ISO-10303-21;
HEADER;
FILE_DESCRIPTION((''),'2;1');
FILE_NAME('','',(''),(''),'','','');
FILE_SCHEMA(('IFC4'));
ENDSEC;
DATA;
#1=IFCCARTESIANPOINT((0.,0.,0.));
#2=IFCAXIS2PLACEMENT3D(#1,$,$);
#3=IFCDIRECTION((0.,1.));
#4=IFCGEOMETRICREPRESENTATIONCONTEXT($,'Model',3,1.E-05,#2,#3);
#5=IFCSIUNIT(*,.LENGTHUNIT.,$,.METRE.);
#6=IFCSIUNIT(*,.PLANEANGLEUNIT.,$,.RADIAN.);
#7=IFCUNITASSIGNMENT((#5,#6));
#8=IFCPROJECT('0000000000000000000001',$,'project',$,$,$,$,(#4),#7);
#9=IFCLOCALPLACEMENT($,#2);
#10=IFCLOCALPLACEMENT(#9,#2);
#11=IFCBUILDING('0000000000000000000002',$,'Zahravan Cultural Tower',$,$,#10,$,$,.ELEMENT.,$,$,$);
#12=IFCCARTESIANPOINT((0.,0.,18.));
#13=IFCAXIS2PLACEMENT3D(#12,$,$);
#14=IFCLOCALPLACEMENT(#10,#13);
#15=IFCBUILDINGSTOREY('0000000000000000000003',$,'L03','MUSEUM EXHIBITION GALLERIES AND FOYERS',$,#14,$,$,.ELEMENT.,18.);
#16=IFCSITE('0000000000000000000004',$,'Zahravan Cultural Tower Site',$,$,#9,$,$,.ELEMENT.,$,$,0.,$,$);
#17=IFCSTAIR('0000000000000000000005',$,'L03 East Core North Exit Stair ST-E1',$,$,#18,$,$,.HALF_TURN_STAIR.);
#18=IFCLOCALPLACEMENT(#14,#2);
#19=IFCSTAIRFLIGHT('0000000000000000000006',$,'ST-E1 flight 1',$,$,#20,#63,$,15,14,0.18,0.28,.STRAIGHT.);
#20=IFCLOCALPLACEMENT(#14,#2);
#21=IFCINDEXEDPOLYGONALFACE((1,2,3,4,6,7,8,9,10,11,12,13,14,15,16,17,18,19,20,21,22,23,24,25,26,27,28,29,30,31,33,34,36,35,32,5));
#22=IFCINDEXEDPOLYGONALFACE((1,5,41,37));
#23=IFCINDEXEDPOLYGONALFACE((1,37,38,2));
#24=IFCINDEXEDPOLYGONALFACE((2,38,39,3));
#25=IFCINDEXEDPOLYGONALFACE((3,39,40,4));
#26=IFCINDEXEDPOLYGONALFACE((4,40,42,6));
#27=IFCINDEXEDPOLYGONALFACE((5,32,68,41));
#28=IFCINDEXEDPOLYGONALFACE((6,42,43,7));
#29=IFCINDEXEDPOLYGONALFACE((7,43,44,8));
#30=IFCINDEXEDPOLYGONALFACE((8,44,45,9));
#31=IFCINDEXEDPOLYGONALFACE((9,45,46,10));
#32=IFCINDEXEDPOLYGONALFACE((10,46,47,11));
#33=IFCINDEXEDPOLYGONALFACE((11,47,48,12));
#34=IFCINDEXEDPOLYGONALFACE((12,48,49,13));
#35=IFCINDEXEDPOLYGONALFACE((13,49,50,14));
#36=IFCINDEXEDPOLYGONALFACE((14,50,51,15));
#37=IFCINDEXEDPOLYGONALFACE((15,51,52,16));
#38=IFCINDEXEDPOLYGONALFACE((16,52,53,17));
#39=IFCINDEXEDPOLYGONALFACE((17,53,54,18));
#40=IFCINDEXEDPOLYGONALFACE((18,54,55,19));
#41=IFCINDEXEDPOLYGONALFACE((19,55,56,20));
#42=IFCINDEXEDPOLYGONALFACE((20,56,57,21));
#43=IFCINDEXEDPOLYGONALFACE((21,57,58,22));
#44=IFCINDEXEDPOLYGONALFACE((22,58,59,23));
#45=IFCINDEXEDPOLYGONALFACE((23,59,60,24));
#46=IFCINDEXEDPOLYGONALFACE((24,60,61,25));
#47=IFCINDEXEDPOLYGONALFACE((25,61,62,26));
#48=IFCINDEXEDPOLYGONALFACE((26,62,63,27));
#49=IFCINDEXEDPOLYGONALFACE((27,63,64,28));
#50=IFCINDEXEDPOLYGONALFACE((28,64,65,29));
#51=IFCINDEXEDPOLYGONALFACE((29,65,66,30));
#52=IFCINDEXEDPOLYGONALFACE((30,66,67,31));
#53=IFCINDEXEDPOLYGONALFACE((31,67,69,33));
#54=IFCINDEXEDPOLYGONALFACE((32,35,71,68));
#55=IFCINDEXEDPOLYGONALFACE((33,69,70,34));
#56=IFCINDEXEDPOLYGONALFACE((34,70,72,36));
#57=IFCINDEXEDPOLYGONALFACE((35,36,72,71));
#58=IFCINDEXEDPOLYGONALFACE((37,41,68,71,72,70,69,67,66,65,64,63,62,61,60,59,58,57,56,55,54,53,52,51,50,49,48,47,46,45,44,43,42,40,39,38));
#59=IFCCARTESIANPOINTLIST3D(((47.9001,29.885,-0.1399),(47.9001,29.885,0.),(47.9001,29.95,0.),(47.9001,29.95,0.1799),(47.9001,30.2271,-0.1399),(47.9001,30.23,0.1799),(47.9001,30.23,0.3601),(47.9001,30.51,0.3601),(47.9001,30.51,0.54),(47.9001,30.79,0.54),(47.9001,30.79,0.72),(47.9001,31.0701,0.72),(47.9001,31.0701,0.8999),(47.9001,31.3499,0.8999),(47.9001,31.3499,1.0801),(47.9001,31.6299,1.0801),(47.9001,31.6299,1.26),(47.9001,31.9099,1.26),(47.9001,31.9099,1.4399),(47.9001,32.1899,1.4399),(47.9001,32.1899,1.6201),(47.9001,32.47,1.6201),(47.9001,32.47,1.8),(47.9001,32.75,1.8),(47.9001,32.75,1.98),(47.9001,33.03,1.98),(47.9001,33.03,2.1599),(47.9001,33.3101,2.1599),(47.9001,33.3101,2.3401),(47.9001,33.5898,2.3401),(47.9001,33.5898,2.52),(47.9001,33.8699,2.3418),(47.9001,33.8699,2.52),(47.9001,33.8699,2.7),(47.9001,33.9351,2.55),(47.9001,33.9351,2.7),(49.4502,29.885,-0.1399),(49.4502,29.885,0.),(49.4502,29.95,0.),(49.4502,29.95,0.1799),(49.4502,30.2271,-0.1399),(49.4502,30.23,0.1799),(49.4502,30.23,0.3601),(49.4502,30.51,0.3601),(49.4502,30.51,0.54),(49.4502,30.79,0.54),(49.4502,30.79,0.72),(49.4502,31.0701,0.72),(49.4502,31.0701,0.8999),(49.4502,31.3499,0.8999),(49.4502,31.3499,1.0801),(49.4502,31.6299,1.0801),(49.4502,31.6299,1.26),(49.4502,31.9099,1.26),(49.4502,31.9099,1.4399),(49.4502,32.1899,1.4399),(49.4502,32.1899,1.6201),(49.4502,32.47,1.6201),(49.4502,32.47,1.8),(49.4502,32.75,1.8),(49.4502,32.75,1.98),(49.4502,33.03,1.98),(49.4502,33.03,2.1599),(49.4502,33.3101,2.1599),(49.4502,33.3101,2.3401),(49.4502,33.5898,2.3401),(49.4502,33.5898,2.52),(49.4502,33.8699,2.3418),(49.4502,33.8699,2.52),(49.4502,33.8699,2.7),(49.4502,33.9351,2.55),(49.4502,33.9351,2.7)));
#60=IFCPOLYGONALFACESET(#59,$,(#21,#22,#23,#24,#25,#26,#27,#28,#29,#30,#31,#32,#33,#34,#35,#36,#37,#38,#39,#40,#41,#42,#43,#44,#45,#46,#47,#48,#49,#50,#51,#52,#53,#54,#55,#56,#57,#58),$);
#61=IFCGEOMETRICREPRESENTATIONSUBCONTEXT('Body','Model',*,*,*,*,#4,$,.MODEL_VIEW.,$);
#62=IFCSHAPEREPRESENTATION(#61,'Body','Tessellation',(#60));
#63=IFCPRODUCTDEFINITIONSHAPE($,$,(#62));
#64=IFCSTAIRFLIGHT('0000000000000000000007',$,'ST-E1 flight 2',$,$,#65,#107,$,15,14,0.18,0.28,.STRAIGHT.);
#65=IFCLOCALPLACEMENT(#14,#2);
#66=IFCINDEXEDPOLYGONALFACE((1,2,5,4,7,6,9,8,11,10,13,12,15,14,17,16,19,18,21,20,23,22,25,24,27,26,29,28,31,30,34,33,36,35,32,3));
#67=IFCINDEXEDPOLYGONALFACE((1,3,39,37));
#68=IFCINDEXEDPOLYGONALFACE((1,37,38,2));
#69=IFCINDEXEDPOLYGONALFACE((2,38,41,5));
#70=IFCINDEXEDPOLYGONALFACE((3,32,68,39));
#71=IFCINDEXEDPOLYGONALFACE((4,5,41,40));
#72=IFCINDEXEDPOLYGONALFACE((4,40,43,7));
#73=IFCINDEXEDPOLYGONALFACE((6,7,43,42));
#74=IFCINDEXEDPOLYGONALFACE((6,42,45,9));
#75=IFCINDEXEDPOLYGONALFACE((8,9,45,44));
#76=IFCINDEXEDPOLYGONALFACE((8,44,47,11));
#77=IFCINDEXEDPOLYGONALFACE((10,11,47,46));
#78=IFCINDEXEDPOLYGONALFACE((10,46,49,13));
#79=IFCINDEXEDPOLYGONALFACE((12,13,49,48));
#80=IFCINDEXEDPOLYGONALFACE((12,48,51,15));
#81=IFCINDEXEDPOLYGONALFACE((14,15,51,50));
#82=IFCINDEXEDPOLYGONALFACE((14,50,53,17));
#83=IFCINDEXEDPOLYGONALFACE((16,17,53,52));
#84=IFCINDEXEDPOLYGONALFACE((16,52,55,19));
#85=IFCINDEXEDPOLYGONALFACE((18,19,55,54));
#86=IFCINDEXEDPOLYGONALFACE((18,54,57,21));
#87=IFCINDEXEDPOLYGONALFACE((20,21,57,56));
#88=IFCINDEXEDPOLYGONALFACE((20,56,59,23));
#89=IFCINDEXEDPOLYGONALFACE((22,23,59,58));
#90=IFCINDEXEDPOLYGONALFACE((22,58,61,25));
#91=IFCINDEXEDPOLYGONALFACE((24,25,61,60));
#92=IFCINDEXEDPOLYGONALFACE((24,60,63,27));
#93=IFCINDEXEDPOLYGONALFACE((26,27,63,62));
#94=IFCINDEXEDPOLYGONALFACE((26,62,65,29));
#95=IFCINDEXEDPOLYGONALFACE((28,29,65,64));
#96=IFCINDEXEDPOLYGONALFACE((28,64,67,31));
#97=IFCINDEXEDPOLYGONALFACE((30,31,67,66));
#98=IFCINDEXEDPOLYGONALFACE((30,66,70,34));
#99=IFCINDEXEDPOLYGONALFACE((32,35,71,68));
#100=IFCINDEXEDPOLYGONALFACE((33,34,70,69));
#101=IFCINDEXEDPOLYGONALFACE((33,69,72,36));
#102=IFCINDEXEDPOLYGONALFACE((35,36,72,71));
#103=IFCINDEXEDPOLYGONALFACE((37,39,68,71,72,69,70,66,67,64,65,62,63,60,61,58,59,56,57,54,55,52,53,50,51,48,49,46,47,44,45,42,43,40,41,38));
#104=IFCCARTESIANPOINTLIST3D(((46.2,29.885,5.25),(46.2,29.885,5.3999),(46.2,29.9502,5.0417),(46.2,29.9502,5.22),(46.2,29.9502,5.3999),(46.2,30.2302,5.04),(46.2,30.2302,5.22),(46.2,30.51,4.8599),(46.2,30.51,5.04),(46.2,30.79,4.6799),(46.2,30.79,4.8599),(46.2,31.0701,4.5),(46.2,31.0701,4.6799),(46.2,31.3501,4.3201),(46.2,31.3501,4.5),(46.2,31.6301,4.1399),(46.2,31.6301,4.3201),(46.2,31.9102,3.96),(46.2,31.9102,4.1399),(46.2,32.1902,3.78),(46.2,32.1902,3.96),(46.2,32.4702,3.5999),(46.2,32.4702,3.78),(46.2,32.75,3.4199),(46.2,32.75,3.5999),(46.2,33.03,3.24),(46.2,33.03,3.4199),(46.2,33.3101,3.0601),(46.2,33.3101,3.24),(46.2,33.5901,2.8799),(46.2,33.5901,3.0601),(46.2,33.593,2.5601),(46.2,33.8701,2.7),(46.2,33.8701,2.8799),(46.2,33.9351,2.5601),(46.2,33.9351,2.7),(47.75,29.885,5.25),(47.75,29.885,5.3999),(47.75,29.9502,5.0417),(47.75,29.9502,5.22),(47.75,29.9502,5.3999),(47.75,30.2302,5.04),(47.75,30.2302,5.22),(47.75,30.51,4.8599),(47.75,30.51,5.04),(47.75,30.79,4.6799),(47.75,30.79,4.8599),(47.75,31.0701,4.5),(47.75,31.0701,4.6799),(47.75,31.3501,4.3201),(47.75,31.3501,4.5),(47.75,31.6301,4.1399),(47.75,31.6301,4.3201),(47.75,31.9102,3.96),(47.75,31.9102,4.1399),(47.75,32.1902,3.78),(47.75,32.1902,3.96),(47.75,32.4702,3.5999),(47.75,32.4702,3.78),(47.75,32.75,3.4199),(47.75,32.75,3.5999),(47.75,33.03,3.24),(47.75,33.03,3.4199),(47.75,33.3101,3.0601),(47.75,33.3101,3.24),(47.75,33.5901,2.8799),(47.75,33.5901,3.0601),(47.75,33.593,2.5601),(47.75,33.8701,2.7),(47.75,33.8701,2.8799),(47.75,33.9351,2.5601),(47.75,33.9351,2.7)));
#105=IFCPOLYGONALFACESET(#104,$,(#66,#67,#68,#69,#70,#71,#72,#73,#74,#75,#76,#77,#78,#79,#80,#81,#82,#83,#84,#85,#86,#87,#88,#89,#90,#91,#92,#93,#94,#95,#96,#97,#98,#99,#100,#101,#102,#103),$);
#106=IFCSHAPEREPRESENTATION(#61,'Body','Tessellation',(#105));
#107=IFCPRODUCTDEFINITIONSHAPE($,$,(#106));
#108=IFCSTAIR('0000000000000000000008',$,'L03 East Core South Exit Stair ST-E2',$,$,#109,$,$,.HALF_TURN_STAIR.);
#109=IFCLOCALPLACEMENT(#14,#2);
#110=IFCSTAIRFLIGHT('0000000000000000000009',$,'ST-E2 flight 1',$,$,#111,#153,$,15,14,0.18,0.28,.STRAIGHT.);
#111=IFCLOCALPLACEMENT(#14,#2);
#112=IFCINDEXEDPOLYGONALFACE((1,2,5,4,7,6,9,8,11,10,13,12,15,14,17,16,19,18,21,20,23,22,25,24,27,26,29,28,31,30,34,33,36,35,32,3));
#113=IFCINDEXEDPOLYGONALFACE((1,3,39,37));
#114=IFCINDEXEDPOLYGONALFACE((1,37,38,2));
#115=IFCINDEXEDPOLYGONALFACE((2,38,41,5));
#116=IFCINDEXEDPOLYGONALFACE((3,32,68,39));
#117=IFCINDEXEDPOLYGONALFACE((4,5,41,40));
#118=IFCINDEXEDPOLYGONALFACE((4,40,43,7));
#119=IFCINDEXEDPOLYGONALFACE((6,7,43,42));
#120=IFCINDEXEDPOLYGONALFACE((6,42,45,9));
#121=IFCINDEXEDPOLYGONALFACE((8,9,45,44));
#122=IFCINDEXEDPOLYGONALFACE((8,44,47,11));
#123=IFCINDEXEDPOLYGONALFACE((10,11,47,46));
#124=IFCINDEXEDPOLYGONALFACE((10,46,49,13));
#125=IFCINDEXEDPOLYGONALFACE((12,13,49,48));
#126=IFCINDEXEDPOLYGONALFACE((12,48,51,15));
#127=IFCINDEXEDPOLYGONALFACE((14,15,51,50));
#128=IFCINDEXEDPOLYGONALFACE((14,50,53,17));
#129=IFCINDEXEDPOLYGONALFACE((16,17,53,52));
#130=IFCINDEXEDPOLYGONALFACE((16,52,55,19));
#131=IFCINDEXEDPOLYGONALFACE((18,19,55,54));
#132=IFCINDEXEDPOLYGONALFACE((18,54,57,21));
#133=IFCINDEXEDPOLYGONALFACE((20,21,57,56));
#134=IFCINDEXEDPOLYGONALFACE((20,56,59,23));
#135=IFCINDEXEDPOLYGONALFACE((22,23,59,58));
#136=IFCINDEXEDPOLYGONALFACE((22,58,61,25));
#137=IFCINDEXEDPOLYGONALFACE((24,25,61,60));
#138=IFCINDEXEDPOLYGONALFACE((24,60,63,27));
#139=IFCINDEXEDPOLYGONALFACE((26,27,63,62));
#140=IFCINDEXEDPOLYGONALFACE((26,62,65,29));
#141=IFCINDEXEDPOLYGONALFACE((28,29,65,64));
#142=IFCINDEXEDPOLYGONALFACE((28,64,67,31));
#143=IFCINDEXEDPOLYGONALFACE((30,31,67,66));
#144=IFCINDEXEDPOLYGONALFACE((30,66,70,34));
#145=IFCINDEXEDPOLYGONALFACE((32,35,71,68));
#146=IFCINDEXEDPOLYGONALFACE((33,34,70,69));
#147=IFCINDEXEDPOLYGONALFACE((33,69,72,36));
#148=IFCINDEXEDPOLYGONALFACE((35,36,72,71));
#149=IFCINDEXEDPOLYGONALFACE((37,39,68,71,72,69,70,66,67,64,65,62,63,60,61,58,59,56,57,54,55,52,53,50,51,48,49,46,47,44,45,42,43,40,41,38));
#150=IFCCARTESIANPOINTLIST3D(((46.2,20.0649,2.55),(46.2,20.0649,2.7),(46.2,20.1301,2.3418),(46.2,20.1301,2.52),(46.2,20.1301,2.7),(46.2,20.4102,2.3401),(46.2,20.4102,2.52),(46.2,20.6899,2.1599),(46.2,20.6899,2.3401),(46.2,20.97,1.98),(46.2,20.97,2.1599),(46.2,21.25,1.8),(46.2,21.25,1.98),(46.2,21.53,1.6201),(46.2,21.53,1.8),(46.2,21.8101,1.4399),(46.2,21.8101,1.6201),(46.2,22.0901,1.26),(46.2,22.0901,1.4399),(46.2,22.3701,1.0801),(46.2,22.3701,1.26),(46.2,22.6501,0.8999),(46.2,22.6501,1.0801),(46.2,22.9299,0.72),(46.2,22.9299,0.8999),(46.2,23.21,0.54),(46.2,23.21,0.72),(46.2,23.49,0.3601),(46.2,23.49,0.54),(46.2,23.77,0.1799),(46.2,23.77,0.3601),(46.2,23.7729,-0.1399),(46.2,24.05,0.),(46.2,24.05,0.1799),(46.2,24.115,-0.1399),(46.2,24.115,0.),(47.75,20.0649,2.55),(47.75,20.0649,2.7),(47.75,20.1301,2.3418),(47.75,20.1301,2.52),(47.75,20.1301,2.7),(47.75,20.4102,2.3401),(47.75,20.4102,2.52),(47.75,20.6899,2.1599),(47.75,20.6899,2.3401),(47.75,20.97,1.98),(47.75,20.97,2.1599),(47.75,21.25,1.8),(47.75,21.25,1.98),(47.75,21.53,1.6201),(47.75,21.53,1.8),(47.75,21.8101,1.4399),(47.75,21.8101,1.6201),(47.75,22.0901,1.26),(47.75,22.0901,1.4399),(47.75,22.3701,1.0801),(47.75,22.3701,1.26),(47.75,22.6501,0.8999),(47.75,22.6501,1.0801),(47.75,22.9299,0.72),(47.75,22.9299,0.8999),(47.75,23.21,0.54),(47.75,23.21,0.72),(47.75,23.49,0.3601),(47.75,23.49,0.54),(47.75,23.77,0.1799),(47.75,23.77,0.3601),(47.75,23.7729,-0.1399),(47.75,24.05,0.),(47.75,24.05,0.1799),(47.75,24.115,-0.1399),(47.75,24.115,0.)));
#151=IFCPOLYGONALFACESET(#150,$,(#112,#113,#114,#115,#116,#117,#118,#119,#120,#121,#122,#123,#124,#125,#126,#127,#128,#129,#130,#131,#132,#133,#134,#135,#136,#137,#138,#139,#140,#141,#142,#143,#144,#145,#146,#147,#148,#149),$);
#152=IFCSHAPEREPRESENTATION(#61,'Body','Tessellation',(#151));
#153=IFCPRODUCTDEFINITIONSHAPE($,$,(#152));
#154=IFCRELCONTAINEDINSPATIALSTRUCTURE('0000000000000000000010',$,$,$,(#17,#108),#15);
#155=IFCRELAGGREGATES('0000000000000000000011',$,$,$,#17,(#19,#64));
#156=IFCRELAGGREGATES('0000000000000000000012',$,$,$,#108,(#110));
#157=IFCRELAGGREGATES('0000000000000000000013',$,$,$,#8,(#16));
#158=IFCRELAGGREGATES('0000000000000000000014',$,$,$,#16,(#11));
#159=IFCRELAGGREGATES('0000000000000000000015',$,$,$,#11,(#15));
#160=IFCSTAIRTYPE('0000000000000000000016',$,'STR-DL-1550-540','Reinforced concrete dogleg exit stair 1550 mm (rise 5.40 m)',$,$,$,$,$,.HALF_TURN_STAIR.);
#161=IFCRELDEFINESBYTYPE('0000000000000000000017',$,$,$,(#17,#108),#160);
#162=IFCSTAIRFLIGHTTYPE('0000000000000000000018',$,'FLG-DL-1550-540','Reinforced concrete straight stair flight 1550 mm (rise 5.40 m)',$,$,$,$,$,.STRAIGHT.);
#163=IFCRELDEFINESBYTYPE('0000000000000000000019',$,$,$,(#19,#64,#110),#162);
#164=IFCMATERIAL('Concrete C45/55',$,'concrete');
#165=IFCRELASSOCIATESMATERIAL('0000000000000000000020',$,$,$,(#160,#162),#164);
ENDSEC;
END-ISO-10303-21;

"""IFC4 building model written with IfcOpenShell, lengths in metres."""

from ifc_helpers import new_model, si_unit, direction, frame, origin, place, context, subcontext, project, spatial, polyline, outline, extrude, material, type_object, element, aggregate, save


model = new_model("IFC4")

# Units and contexts
model_context = context("Model", 3, precision=1e-05, world=origin(), true_north=direction((0.0, 1.0)))
body_context = subcontext(model_context, "Body", "Model", "MODEL_VIEW")
ifc_project = project(units=[si_unit("LENGTHUNIT", "METRE"), si_unit("PLANEANGLEUNIT", "RADIAN")], contexts=[model_context])

# Site, building, storey
site_placement = place(None, origin())
site = spatial("IfcSite", under=ifc_project, at=site_placement, Name="Zahravan Cultural Tower Site", CompositionType="ELEMENT", RefElevation=0.0)
building_placement = place(site_placement, origin())
building = spatial("IfcBuilding", under=site, at=building_placement, Name="Zahravan Cultural Tower", CompositionType="ELEMENT")
storey_placement = place(building_placement, frame((0.0, 0.0, 18.0)))
storey = spatial("IfcBuildingStorey", under=building, at=storey_placement, Name="L03", Description="MUSEUM EXHIBITION GALLERIES AND FOYERS", CompositionType="ELEMENT", Elevation=18.0)

# Shared definitions
ifc_material_1 = material(Name="Concrete C45/55", Category="concrete")

# Stair, stair flights
stair_type = type_object("IfcStairType", Name="STR-DL-1550-540", Description="Reinforced concrete dogleg exit stair 1550 mm (rise 5.40 m)", PredefinedType="HALF_TURN_STAIR", material=ifc_material_1)
stair_1_placement = place(storey_placement, origin())
stair_1 = element("IfcStair", 1, at=stair_1_placement, inside=storey, type_object=stair_type, Name="L03 East Core North Exit Stair ST-E1", PredefinedType="HALF_TURN_STAIR")
stair_flight_type = type_object("IfcStairFlightType", Name="FLG-DL-1550-540", Description="Reinforced concrete straight stair flight 1550 mm (rise 5.40 m)", PredefinedType="STRAIGHT", material=ifc_material_1)
stair_flight_1_placement = place(storey_placement, frame((48.675, 29.95, 0.0), z_axis=(0.0, 0.0, 1.0), x_axis=(0.0, 1.0, 0.0)))
stair_flight_1 = element("IfcStairFlight", 2, at=stair_flight_1_placement, type_object=stair_flight_type, Name="ST-E1 flight 1", NumberOfRisers=15, NumberOfTreads=14, PredefinedType="STRAIGHT", RiserHeight=0.18, TreadLength=0.28, context=body_context, shape_type="SweptSolid", body=[
    extrude(outline(polyline([(-0.0649, -0.1399), (-0.0649, 0.0), (0.0, 0.0), (0.0, 0.1799), (0.28, 0.1799), (0.28, 0.3601), (0.5601, 0.3601), (0.5601, 0.54), (0.8401, 0.54), (0.8401, 0.72), (1.1201, 0.72), (1.1201, 0.8999), (1.3999, 0.8999), (1.3999, 1.0801), (1.6799, 1.0801), (1.6799, 1.26), (1.96, 1.26), (1.96, 1.4399), (2.24, 1.4399), (2.24, 1.6201), (2.52, 1.6201), (2.52, 1.8), (2.8, 1.8), (2.8, 1.98), (3.0801, 1.98), (3.0801, 2.1599), (3.3601, 2.1599), (3.3601, 2.3401), (3.6399, 2.3401), (3.6399, 2.52), (3.9199, 2.52), (3.9199, 2.7), (3.9851, 2.7), (3.9851, 2.55), (3.9199, 2.3418), (0.2771, -0.1399), (-0.0649, -0.1399)])), frame((0.0, 0.7749, 0.0), z_axis=(0.0, -1.0, 0.0), x_axis=(1.0, 0.0, 0.0)), (0.0, 0.0, 1.0), 1.55),
])
stair_flight_2_placement = place(storey_placement, frame((46.9751, 33.8701, 2.7), z_axis=(0.0, 0.0, 1.0), x_axis=(0.0, -1.0, 0.0)))
stair_flight_2 = element("IfcStairFlight", 3, at=stair_flight_2_placement, type_object=stair_flight_type, Name="ST-E1 flight 2", NumberOfRisers=15, NumberOfTreads=14, PredefinedType="STRAIGHT", RiserHeight=0.18, TreadLength=0.28, context=body_context, shape_type="SweptSolid", body=[
    extrude(outline(polyline([(-0.0649, -0.1399), (-0.0649, 0.0), (0.0, 0.0), (0.0, 0.1799), (0.28, 0.1799), (0.28, 0.3601), (0.5601, 0.3601), (0.5601, 0.54), (0.8401, 0.54), (0.8401, 0.72), (1.1201, 0.72), (1.1201, 0.8999), (1.3999, 0.8999), (1.3999, 1.0801), (1.6799, 1.0801), (1.6799, 1.26), (1.96, 1.26), (1.96, 1.4399), (2.24, 1.4399), (2.24, 1.6201), (2.52, 1.6201), (2.52, 1.8), (2.8, 1.8), (2.8, 1.98), (3.0801, 1.98), (3.0801, 2.1599), (3.3601, 2.1599), (3.3601, 2.3401), (3.6399, 2.3401), (3.6399, 2.52), (3.9199, 2.52), (3.9199, 2.7), (3.9851, 2.7), (3.9851, 2.55), (3.9199, 2.3418), (0.2771, -0.1399), (-0.0649, -0.1399)])), frame((0.0, 0.7749, 0.0), z_axis=(0.0, -1.0, 0.0), x_axis=(1.0, 0.0, 0.0)), (0.0, 0.0, 1.0), 1.55),
])
aggregate(stair_1, [stair_flight_1, stair_flight_2])

# Stair, stair flight
stair_2_placement = place(storey_placement, origin())
stair_2 = element("IfcStair", 4, at=stair_2_placement, inside=storey, type_object=stair_type, Name="L03 East Core South Exit Stair ST-E2", PredefinedType="HALF_TURN_STAIR")
stair_flight_3_placement = place(storey_placement, frame((46.9751, 24.05, 0.0), z_axis=(0.0, 0.0, 1.0), x_axis=(0.0, -1.0, 0.0)))
stair_flight_3 = element("IfcStairFlight", 5, at=stair_flight_3_placement, type_object=stair_flight_type, Name="ST-E2 flight 1", NumberOfRisers=15, NumberOfTreads=14, PredefinedType="STRAIGHT", RiserHeight=0.18, TreadLength=0.28, context=body_context, shape_type="SweptSolid", body=[
    extrude(outline(polyline([(-0.0649, -0.1399), (-0.0649, 0.0), (0.0, 0.0), (0.0, 0.1799), (0.28, 0.1799), (0.28, 0.3601), (0.5601, 0.3601), (0.5601, 0.54), (0.8401, 0.54), (0.8401, 0.72), (1.1201, 0.72), (1.1201, 0.8999), (1.3999, 0.8999), (1.3999, 1.0801), (1.6799, 1.0801), (1.6799, 1.26), (1.96, 1.26), (1.96, 1.4399), (2.24, 1.4399), (2.24, 1.6201), (2.52, 1.6201), (2.52, 1.8), (2.8, 1.8), (2.8, 1.98), (3.0801, 1.98), (3.0801, 2.1599), (3.3601, 2.1599), (3.3601, 2.3401), (3.6399, 2.3401), (3.6399, 2.52), (3.9199, 2.52), (3.9199, 2.7), (3.9851, 2.7), (3.9851, 2.55), (3.9199, 2.3418), (0.2771, -0.1399), (-0.0649, -0.1399)])), frame((0.0, 0.7749, 0.0), z_axis=(0.0, -1.0, 0.0), x_axis=(1.0, 0.0, 0.0)), (0.0, 0.0, 1.0), 1.55),
])
aggregate(stair_2, [stair_flight_3])

save(model, "model.ifc")
